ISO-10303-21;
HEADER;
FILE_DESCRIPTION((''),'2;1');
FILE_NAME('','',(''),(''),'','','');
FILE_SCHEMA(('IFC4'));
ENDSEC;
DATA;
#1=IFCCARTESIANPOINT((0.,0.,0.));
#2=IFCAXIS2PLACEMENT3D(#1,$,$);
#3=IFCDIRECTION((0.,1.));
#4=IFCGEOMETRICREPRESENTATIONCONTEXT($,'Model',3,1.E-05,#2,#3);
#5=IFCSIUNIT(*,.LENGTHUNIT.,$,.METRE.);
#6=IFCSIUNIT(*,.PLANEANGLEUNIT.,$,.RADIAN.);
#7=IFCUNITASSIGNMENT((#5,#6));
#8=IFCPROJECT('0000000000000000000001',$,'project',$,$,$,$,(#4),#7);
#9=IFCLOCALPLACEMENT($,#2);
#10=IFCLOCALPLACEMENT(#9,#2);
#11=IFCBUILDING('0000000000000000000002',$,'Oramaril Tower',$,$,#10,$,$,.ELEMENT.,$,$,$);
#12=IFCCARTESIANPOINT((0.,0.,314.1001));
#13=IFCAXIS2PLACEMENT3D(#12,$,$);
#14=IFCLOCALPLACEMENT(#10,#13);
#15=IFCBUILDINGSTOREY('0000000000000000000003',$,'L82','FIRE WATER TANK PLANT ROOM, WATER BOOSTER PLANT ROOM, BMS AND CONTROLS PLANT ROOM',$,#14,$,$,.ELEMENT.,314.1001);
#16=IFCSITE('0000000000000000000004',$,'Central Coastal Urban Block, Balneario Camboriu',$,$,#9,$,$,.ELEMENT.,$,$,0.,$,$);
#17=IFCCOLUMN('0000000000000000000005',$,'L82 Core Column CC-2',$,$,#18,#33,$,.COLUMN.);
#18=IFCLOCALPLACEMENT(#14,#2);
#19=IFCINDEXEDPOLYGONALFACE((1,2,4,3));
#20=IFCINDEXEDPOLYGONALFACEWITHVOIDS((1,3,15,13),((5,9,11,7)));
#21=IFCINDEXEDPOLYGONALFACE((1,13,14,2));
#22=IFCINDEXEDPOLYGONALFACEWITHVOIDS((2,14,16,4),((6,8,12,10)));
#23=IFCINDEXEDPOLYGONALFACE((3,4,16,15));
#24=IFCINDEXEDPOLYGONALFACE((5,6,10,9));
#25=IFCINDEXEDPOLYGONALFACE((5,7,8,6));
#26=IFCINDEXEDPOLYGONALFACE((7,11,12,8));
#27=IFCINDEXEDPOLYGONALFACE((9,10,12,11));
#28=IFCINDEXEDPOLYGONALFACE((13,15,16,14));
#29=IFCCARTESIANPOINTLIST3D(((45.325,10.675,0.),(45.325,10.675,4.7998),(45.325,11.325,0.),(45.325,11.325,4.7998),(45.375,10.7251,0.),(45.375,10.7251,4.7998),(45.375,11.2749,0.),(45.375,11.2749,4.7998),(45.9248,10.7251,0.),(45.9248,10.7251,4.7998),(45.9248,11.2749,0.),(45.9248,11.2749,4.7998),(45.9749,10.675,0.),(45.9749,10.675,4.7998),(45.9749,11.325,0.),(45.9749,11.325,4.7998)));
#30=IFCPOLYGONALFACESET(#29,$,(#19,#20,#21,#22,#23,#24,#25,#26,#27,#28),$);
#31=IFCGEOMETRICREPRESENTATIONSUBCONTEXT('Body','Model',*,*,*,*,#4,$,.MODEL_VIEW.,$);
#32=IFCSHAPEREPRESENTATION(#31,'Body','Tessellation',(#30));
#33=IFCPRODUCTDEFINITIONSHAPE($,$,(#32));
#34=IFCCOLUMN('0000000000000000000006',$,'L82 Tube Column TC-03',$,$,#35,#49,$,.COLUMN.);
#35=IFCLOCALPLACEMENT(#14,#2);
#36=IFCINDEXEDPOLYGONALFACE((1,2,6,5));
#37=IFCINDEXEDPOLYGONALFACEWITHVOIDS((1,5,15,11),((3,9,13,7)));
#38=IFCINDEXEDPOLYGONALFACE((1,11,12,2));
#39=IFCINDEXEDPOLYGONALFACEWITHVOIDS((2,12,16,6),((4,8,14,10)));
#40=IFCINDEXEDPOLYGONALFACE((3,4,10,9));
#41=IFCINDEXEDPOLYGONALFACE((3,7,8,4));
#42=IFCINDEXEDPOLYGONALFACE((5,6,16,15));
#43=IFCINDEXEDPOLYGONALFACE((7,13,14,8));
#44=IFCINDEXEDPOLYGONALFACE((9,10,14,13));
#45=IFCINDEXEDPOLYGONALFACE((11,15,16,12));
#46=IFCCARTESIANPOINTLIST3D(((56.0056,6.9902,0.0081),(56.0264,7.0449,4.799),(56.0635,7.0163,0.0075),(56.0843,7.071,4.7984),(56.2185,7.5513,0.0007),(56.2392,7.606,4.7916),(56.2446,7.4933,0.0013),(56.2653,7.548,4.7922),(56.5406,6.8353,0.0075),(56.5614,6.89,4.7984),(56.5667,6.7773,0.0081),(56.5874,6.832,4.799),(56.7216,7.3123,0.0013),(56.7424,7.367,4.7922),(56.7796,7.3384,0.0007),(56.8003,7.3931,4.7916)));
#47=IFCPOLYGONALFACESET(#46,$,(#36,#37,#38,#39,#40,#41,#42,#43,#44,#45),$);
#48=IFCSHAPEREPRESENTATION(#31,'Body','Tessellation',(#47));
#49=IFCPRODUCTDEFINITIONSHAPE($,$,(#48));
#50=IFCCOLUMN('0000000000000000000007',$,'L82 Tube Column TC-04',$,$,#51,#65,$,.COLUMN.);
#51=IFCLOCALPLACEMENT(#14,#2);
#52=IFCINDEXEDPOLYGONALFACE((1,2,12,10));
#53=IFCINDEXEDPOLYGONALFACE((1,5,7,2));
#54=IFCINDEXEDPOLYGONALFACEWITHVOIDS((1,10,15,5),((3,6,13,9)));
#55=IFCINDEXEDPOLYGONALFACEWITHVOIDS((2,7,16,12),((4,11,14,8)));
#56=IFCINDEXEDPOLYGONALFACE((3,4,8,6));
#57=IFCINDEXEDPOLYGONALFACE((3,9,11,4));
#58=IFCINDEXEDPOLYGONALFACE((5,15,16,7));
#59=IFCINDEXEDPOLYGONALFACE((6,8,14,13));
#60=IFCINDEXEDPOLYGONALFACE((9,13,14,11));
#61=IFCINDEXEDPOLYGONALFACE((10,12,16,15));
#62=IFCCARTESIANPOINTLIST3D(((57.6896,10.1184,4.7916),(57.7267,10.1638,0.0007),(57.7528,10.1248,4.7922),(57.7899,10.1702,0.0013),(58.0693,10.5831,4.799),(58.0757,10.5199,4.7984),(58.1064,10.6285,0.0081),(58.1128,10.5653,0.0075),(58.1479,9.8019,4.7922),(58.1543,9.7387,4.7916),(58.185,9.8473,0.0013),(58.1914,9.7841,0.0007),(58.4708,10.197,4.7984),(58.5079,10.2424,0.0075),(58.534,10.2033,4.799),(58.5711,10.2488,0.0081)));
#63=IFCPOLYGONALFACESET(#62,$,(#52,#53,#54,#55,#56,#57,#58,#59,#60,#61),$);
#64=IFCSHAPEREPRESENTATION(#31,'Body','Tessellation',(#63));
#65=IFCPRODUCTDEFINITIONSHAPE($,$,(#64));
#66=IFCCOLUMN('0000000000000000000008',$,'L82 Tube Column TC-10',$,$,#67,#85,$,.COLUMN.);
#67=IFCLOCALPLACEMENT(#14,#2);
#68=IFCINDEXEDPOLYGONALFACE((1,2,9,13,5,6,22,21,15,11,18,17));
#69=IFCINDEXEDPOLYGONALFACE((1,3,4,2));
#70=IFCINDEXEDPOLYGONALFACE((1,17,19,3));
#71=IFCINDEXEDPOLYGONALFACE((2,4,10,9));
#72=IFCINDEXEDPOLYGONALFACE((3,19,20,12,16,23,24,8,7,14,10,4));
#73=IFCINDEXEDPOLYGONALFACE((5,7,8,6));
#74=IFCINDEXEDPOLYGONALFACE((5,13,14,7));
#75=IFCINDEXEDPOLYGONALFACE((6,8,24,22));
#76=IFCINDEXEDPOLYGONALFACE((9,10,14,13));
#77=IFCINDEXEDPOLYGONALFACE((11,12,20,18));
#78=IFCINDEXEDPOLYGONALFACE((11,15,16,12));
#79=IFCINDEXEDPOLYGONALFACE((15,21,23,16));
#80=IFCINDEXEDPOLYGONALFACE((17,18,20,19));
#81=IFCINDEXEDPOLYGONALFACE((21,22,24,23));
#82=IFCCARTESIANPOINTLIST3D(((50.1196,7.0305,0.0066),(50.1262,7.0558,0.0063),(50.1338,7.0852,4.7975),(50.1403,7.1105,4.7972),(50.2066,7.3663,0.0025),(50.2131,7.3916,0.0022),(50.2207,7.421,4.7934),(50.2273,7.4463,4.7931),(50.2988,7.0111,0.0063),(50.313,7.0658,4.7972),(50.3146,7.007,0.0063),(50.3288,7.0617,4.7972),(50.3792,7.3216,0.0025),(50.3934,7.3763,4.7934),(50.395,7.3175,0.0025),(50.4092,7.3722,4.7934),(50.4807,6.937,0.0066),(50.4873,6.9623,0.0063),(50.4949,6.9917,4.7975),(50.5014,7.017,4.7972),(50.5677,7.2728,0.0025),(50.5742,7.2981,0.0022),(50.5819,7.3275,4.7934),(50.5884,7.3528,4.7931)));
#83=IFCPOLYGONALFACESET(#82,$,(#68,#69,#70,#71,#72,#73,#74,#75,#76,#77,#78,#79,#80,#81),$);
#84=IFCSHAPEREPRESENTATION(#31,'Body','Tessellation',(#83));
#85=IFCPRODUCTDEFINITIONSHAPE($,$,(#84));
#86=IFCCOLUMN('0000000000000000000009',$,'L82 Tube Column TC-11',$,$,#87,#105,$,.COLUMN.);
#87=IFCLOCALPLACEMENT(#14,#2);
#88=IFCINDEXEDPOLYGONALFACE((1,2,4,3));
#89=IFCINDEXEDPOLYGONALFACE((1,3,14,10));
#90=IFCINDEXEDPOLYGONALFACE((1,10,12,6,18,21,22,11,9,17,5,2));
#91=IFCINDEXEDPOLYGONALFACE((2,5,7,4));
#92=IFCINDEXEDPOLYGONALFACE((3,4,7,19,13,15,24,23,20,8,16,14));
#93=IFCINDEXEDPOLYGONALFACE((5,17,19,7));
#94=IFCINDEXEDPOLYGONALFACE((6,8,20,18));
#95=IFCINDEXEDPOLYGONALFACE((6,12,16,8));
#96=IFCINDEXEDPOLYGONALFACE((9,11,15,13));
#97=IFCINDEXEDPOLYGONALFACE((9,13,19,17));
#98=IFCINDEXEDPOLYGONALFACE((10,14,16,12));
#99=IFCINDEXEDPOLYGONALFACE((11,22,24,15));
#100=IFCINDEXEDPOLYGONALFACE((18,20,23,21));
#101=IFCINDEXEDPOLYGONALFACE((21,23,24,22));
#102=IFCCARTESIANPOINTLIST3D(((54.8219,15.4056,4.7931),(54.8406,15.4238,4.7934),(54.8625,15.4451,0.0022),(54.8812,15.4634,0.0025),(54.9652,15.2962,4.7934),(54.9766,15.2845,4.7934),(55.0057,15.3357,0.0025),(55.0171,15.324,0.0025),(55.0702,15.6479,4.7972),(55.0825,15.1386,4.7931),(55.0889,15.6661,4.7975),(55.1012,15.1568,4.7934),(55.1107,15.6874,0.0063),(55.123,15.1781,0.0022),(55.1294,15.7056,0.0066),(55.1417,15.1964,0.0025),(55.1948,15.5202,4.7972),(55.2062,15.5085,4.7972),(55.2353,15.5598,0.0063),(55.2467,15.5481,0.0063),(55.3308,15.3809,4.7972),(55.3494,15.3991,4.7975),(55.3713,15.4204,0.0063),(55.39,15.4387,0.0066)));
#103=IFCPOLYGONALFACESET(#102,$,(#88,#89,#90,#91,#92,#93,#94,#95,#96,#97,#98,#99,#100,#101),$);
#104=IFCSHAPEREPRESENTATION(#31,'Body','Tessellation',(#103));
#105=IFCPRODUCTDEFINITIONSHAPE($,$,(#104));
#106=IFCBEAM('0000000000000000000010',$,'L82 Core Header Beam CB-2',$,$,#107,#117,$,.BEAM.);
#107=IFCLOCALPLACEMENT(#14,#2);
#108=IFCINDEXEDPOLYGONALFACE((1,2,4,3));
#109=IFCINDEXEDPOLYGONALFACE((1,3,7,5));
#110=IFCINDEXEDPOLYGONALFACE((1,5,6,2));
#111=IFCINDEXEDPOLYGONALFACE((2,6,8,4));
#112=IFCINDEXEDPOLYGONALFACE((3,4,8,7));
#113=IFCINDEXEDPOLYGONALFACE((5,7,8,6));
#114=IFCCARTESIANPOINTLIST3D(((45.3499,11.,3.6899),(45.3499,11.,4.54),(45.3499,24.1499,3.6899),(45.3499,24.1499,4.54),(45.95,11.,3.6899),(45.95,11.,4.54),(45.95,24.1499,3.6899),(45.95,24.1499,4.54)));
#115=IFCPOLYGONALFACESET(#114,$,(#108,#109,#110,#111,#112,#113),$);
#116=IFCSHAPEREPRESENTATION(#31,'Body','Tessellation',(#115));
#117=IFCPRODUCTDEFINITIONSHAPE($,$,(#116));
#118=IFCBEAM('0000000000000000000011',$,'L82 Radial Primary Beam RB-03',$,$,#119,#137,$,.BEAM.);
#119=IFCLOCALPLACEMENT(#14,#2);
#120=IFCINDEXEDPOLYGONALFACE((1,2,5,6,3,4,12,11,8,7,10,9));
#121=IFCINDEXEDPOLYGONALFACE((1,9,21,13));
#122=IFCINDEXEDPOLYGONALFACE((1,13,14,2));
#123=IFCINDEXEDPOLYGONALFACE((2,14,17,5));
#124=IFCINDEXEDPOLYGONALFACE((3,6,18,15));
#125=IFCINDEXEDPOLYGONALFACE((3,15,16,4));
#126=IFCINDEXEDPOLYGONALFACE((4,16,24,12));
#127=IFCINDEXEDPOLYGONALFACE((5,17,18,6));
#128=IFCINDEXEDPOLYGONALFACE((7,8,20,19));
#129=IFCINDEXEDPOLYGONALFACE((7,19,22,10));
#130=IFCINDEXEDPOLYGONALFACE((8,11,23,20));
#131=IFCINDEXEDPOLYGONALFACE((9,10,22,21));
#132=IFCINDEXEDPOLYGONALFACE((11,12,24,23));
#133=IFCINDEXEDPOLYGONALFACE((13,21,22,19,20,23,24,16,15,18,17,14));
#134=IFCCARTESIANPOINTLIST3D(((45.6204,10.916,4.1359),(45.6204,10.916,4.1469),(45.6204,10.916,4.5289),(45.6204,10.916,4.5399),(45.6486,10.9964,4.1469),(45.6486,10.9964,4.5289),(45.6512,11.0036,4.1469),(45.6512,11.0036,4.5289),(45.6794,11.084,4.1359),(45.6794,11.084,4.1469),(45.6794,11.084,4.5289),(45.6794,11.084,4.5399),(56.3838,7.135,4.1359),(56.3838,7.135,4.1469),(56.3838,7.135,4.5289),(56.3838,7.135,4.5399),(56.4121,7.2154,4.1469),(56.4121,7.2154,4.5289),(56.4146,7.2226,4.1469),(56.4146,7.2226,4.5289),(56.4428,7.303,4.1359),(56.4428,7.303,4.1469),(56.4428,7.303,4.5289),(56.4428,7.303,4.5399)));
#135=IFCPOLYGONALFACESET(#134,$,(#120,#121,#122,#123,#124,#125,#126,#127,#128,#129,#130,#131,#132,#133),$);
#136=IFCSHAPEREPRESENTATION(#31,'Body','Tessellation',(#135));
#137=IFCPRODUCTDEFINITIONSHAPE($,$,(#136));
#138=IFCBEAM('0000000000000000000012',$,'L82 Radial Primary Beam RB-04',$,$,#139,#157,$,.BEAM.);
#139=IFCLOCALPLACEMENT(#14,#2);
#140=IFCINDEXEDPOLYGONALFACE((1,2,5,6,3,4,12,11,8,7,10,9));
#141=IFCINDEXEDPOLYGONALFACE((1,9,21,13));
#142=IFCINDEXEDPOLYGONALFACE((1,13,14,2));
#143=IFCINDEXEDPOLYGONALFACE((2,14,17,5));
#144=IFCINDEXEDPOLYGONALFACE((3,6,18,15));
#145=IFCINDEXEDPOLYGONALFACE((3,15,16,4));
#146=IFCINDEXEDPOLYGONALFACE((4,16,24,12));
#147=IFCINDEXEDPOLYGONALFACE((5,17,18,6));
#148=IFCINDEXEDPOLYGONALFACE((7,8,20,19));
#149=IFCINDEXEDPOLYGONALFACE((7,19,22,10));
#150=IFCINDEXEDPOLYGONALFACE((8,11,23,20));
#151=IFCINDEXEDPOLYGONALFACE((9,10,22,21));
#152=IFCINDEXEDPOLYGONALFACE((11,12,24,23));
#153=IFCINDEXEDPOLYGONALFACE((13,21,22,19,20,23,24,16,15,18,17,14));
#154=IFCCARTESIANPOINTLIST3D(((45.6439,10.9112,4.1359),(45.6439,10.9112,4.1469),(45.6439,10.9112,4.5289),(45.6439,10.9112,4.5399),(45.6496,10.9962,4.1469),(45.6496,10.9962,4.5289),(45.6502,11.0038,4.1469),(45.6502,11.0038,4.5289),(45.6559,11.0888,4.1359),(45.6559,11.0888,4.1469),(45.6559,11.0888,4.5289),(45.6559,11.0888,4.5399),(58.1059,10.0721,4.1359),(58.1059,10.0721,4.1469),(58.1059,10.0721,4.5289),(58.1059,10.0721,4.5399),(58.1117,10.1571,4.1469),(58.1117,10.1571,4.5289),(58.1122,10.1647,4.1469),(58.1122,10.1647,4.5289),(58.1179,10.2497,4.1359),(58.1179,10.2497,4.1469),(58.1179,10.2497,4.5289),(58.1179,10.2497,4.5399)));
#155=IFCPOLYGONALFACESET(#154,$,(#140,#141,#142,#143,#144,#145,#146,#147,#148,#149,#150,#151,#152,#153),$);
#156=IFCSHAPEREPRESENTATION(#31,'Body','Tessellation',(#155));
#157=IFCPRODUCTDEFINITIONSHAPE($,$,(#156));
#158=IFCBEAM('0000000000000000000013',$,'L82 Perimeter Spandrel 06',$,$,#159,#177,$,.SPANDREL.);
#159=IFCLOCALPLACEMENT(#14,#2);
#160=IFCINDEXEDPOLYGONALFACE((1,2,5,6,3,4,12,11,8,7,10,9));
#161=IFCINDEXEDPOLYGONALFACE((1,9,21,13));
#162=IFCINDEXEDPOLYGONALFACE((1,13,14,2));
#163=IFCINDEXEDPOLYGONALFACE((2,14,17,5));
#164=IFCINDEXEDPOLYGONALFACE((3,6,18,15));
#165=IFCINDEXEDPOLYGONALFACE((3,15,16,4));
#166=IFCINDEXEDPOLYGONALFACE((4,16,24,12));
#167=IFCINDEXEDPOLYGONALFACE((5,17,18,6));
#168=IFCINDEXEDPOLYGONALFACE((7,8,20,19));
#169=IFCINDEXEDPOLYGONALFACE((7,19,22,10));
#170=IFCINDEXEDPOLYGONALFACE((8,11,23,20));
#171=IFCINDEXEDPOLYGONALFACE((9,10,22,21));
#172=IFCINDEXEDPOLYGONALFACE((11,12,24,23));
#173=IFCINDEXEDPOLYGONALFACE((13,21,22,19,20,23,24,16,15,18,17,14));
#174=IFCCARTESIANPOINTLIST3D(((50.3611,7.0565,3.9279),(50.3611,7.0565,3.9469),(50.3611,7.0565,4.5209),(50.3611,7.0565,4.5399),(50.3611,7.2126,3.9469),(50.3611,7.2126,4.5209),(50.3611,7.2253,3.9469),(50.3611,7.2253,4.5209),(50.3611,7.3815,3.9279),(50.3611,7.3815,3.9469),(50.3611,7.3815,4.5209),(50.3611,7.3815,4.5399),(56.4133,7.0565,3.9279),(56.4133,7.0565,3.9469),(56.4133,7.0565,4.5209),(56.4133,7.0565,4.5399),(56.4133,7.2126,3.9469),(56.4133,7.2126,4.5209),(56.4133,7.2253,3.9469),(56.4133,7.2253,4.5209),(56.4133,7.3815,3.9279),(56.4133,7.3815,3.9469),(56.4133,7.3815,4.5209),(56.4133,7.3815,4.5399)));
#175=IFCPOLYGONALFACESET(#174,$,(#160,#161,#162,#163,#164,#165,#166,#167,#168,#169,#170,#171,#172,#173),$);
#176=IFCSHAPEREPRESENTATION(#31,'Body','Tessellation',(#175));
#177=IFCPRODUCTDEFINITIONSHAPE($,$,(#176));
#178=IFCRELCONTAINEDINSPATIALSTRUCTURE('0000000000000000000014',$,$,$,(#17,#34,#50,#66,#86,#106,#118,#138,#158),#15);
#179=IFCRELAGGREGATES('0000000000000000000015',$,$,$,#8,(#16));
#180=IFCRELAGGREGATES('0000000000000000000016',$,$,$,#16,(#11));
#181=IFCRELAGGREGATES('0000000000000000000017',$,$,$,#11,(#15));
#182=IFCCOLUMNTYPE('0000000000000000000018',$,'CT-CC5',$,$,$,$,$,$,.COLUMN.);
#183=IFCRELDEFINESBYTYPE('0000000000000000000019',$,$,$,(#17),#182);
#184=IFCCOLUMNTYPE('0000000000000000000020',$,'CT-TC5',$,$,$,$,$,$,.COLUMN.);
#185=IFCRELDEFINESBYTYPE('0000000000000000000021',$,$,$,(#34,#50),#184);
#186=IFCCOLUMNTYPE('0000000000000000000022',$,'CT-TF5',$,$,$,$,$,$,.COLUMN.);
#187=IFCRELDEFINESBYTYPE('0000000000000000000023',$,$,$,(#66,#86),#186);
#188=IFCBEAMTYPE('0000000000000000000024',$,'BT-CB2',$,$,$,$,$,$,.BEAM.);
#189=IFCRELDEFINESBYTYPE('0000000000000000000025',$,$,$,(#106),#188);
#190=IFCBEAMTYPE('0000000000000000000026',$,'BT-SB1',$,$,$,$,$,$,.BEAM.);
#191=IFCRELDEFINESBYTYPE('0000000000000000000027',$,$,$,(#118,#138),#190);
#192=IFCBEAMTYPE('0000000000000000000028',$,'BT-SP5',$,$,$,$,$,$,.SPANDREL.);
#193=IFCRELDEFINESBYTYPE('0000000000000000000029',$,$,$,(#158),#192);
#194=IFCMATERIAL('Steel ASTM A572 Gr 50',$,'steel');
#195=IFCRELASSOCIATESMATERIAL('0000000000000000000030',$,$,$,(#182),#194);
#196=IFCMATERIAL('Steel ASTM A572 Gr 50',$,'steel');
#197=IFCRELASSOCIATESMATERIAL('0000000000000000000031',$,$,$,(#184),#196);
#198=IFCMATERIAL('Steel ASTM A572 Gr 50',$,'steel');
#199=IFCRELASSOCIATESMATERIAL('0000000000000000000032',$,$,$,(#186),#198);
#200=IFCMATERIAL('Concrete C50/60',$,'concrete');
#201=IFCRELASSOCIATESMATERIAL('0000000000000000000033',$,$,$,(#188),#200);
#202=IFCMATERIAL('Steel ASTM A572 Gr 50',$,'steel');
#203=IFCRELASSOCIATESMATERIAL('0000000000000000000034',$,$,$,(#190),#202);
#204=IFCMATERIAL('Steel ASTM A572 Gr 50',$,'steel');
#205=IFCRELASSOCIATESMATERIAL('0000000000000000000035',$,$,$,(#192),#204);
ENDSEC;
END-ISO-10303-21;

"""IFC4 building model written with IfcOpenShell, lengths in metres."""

from ifc_helpers import new_model, si_unit, direction, frame, origin, origin_2d, place, context, subcontext, project, spatial, rectangle, hollow_rectangle, i_section, extrude, material, material_profile, profile_set, type_object, element, save


model = new_model("IFC4")

# Units and contexts
model_context = context("Model", 3, precision=1e-05, world=origin(), true_north=direction((0.0, 1.0)))
body_context = subcontext(model_context, "Body", "Model", "MODEL_VIEW")
ifc_project = project(units=[si_unit("LENGTHUNIT", "METRE"), si_unit("PLANEANGLEUNIT", "RADIAN")], contexts=[model_context])

# Site, building, storey
site_placement = place(None, origin())
site = spatial("IfcSite", under=ifc_project, at=site_placement, Name="Central Coastal Urban Block, Balneario Camboriu", CompositionType="ELEMENT", RefElevation=0.0)
building_placement = place(site_placement, origin())
building = spatial("IfcBuilding", under=site, at=building_placement, Name="Oramaril Tower", CompositionType="ELEMENT")
storey_placement = place(building_placement, frame((0.0, 0.0, 314.1001)))
storey = spatial("IfcBuildingStorey", under=building, at=storey_placement, Name="L82", Description="FIRE WATER TANK PLANT ROOM, WATER BOOSTER PLANT ROOM, BMS AND CONTROLS PLANT ROOM", CompositionType="ELEMENT", Elevation=314.1001)

# Columns
ifc_material_1 = material(Name="Steel ASTM A572 Gr 50", Category="steel")
ifc_material_profile_1 = material_profile(ifc_material_1, hollow_rectangle(XDim=0.6499, YDim=0.6499, WallThickness=0.05, at=origin_2d()), Name="BOX650X650X50")
ifc_profile_set_1 = profile_set([ifc_material_profile_1], Name="Steel ASTM A572 Gr 50")
column_type_1 = type_object("IfcColumnType", Name="CT-CC5", PredefinedType="COLUMN", material=ifc_profile_set_1)
column_placement = place(storey_placement, frame((45.6499, 11.0, 0.0), z_axis=(0.0, 0.0, 1.0), x_axis=(1.0, 0.0, 0.0)))
element("IfcColumn", 1, at=column_placement, inside=storey, type_object=column_type_1, Name="L82 Core Column CC-2", PredefinedType="COLUMN", context=body_context, shape_type="SweptSolid", body=[
    extrude(hollow_rectangle(XDim=0.6499, YDim=0.6499, WallThickness=0.05, at=origin_2d()), origin(), (0.0, 0.0, 1.0), 4.7998),
])
ifc_material_2 = material(Name="Steel ASTM A572 Gr 50", Category="steel")
ifc_material_profile_2 = material_profile(ifc_material_2, hollow_rectangle(XDim=0.6001, YDim=0.6001, WallThickness=0.0449, at=origin_2d()), Name="BOX600X600X45")
ifc_profile_set_2 = profile_set([ifc_material_profile_2], Name="Steel ASTM A572 Gr 50")
column_type_2 = type_object("IfcColumnType", Name="CT-TC5", PredefinedType="COLUMN", material=ifc_profile_set_2)
for number, where, z_axis, x_axis, name in (
    (2, (56.3926, 7.1643, 0.0044), (0.004331, 0.011414, 0.999925), (-0.93495, 0.35478, 0.0), "L82 Tube Column TC-03"),
    (3, (58.1489, 10.2063, 0.0044), (-0.007745, -0.009477, 0.999925), (0.774328, -0.632784, 0.0), "L82 Tube Column TC-04"),
):
    element("IfcColumn", number, at=place(storey_placement, frame(where, z_axis=z_axis, x_axis=x_axis)), inside=storey, type_object=column_type_2, Name=name, PredefinedType="COLUMN", context=body_context, shape_type="SweptSolid", body=[
        extrude(hollow_rectangle(XDim=0.6001, YDim=0.6001, WallThickness=0.0449, at=origin_2d()), origin(), (0.0, 0.0, 1.0), 4.7913),
    ])
ifc_material_3 = material(Name="Steel ASTM A572 Gr 50", Category="steel")
ifc_material_profile_3 = material_profile(ifc_material_3, i_section(OverallWidth=0.373, OverallDepth=0.373, WebThickness=0.0164, FlangeThickness=0.0261, at=origin_2d()), Name="W14X132")
ifc_profile_set_3 = profile_set([ifc_material_profile_3], Name="Steel ASTM A572 Gr 50")
column_type_3 = type_object("IfcColumnType", Name="CT-TF5", PredefinedType="COLUMN", material=ifc_profile_set_3)
for number, where, z_axis, x_axis, name in (
    (4, (50.3469, 7.1643, 0.0044), (0.002955, 0.011414, 0.99993), (-0.968075, 0.250662, 0.0), "L82 Tube Column TC-10"),
    (5, (55.1262, 15.4419, 0.0044), (-0.008458, -0.008255, 0.99993), (0.698432, -0.715677, 0.0), "L82 Tube Column TC-11"),
):
    element("IfcColumn", number, at=place(storey_placement, frame(where, z_axis=z_axis, x_axis=x_axis)), inside=storey, type_object=column_type_3, Name=name, PredefinedType="COLUMN", context=body_context, shape_type="SweptSolid", body=[
        extrude(i_section(OverallWidth=0.373, OverallDepth=0.373, WebThickness=0.0164, FlangeThickness=0.0261, at=origin_2d()), origin(), (0.0, 0.0, 1.0), 4.7913),
    ])

# Beams
ifc_material_4 = material(Name="Concrete C50/60", Category="concrete")
ifc_material_profile_4 = material_profile(ifc_material_4, rectangle(XDim=0.6001, YDim=0.8501, at=origin_2d()), Name="CB600X850")
ifc_profile_set_4 = profile_set([ifc_material_profile_4], Name="Concrete C50/60")
beam_type_1 = type_object("IfcBeamType", Name="BT-CB2", PredefinedType="BEAM", material=ifc_profile_set_4)
beam_1_placement = place(storey_placement, frame((45.6499, 11.0, 4.115), z_axis=(0.0, 1.0, 0.0), x_axis=(-1.0, 0.0, 0.0)))
element("IfcBeam", 6, at=beam_1_placement, inside=storey, type_object=beam_type_1, Name="L82 Core Header Beam CB-2", PredefinedType="BEAM", context=body_context, shape_type="SweptSolid", body=[
    extrude(rectangle(XDim=0.6001, YDim=0.8501, at=origin_2d()), origin(), (0.0, 0.0, 1.0), 13.1499),
])
ifc_material_5 = material(Name="Steel ASTM A572 Gr 50", Category="steel")
ifc_material_profile_5 = material_profile(ifc_material_5, i_section(OverallWidth=0.178, OverallDepth=0.4041, WebThickness=0.0076, FlangeThickness=0.011, at=origin_2d()), Name="W16X36")
ifc_profile_set_5 = profile_set([ifc_material_profile_5], Name="Steel ASTM A572 Gr 50")
beam_type_2 = type_object("IfcBeamType", Name="BT-SB1", PredefinedType="BEAM", material=ifc_profile_set_5)
beam_2_placement = place(storey_placement, frame((45.6499, 11.0, 4.3379), z_axis=(0.94348, -0.331428, 0.0), x_axis=(0.331428, 0.94348, 0.0)))
element("IfcBeam", 7, at=beam_2_placement, inside=storey, type_object=beam_type_2, Name="L82 Radial Primary Beam RB-03", PredefinedType="BEAM", context=body_context, shape_type="SweptSolid", body=[
    extrude(i_section(OverallWidth=0.178, OverallDepth=0.4041, WebThickness=0.0076, FlangeThickness=0.011, at=origin_2d()), origin(), (0.0, 0.0, 1.0), 11.4082),
])
beam_3_placement = place(storey_placement, frame((45.6499, 11.0, 4.3379), z_axis=(0.997741, -0.067182, 0.0), x_axis=(0.067182, 0.997741, 0.0)))
element("IfcBeam", 8, at=beam_3_placement, inside=storey, type_object=beam_type_2, Name="L82 Radial Primary Beam RB-04", PredefinedType="BEAM", context=body_context, shape_type="SweptSolid", body=[
    extrude(i_section(OverallWidth=0.178, OverallDepth=0.4041, WebThickness=0.0076, FlangeThickness=0.011, at=origin_2d()), origin(), (0.0, 0.0, 1.0), 12.4902),
])
ifc_material_6 = material(Name="Steel ASTM A572 Gr 50", Category="steel")
ifc_material_profile_6 = material_profile(ifc_material_6, i_section(OverallWidth=0.325, OverallDepth=0.6121, WebThickness=0.0127, FlangeThickness=0.019, at=origin_2d()), Name="W24X104")
ifc_profile_set_6 = profile_set([ifc_material_profile_6], Name="Steel ASTM A572 Gr 50")
beam_type_3 = type_object("IfcBeamType", Name="BT-SP5", PredefinedType="SPANDREL", material=ifc_profile_set_6)
beam_4_placement = place(storey_placement, frame((50.3611, 7.219, 4.2339), z_axis=(1.0, 0.0, 0.0), x_axis=(0.0, 1.0, 0.0)))
element("IfcBeam", 9, at=beam_4_placement, inside=storey, type_object=beam_type_3, Name="L82 Perimeter Spandrel 06", PredefinedType="SPANDREL", context=body_context, shape_type="SweptSolid", body=[
    extrude(i_section(OverallWidth=0.325, OverallDepth=0.6121, WebThickness=0.0127, FlangeThickness=0.019, at=origin_2d()), origin(), (0.0, 0.0, 1.0), 6.0522),
])

save(model, "model.ifc")
